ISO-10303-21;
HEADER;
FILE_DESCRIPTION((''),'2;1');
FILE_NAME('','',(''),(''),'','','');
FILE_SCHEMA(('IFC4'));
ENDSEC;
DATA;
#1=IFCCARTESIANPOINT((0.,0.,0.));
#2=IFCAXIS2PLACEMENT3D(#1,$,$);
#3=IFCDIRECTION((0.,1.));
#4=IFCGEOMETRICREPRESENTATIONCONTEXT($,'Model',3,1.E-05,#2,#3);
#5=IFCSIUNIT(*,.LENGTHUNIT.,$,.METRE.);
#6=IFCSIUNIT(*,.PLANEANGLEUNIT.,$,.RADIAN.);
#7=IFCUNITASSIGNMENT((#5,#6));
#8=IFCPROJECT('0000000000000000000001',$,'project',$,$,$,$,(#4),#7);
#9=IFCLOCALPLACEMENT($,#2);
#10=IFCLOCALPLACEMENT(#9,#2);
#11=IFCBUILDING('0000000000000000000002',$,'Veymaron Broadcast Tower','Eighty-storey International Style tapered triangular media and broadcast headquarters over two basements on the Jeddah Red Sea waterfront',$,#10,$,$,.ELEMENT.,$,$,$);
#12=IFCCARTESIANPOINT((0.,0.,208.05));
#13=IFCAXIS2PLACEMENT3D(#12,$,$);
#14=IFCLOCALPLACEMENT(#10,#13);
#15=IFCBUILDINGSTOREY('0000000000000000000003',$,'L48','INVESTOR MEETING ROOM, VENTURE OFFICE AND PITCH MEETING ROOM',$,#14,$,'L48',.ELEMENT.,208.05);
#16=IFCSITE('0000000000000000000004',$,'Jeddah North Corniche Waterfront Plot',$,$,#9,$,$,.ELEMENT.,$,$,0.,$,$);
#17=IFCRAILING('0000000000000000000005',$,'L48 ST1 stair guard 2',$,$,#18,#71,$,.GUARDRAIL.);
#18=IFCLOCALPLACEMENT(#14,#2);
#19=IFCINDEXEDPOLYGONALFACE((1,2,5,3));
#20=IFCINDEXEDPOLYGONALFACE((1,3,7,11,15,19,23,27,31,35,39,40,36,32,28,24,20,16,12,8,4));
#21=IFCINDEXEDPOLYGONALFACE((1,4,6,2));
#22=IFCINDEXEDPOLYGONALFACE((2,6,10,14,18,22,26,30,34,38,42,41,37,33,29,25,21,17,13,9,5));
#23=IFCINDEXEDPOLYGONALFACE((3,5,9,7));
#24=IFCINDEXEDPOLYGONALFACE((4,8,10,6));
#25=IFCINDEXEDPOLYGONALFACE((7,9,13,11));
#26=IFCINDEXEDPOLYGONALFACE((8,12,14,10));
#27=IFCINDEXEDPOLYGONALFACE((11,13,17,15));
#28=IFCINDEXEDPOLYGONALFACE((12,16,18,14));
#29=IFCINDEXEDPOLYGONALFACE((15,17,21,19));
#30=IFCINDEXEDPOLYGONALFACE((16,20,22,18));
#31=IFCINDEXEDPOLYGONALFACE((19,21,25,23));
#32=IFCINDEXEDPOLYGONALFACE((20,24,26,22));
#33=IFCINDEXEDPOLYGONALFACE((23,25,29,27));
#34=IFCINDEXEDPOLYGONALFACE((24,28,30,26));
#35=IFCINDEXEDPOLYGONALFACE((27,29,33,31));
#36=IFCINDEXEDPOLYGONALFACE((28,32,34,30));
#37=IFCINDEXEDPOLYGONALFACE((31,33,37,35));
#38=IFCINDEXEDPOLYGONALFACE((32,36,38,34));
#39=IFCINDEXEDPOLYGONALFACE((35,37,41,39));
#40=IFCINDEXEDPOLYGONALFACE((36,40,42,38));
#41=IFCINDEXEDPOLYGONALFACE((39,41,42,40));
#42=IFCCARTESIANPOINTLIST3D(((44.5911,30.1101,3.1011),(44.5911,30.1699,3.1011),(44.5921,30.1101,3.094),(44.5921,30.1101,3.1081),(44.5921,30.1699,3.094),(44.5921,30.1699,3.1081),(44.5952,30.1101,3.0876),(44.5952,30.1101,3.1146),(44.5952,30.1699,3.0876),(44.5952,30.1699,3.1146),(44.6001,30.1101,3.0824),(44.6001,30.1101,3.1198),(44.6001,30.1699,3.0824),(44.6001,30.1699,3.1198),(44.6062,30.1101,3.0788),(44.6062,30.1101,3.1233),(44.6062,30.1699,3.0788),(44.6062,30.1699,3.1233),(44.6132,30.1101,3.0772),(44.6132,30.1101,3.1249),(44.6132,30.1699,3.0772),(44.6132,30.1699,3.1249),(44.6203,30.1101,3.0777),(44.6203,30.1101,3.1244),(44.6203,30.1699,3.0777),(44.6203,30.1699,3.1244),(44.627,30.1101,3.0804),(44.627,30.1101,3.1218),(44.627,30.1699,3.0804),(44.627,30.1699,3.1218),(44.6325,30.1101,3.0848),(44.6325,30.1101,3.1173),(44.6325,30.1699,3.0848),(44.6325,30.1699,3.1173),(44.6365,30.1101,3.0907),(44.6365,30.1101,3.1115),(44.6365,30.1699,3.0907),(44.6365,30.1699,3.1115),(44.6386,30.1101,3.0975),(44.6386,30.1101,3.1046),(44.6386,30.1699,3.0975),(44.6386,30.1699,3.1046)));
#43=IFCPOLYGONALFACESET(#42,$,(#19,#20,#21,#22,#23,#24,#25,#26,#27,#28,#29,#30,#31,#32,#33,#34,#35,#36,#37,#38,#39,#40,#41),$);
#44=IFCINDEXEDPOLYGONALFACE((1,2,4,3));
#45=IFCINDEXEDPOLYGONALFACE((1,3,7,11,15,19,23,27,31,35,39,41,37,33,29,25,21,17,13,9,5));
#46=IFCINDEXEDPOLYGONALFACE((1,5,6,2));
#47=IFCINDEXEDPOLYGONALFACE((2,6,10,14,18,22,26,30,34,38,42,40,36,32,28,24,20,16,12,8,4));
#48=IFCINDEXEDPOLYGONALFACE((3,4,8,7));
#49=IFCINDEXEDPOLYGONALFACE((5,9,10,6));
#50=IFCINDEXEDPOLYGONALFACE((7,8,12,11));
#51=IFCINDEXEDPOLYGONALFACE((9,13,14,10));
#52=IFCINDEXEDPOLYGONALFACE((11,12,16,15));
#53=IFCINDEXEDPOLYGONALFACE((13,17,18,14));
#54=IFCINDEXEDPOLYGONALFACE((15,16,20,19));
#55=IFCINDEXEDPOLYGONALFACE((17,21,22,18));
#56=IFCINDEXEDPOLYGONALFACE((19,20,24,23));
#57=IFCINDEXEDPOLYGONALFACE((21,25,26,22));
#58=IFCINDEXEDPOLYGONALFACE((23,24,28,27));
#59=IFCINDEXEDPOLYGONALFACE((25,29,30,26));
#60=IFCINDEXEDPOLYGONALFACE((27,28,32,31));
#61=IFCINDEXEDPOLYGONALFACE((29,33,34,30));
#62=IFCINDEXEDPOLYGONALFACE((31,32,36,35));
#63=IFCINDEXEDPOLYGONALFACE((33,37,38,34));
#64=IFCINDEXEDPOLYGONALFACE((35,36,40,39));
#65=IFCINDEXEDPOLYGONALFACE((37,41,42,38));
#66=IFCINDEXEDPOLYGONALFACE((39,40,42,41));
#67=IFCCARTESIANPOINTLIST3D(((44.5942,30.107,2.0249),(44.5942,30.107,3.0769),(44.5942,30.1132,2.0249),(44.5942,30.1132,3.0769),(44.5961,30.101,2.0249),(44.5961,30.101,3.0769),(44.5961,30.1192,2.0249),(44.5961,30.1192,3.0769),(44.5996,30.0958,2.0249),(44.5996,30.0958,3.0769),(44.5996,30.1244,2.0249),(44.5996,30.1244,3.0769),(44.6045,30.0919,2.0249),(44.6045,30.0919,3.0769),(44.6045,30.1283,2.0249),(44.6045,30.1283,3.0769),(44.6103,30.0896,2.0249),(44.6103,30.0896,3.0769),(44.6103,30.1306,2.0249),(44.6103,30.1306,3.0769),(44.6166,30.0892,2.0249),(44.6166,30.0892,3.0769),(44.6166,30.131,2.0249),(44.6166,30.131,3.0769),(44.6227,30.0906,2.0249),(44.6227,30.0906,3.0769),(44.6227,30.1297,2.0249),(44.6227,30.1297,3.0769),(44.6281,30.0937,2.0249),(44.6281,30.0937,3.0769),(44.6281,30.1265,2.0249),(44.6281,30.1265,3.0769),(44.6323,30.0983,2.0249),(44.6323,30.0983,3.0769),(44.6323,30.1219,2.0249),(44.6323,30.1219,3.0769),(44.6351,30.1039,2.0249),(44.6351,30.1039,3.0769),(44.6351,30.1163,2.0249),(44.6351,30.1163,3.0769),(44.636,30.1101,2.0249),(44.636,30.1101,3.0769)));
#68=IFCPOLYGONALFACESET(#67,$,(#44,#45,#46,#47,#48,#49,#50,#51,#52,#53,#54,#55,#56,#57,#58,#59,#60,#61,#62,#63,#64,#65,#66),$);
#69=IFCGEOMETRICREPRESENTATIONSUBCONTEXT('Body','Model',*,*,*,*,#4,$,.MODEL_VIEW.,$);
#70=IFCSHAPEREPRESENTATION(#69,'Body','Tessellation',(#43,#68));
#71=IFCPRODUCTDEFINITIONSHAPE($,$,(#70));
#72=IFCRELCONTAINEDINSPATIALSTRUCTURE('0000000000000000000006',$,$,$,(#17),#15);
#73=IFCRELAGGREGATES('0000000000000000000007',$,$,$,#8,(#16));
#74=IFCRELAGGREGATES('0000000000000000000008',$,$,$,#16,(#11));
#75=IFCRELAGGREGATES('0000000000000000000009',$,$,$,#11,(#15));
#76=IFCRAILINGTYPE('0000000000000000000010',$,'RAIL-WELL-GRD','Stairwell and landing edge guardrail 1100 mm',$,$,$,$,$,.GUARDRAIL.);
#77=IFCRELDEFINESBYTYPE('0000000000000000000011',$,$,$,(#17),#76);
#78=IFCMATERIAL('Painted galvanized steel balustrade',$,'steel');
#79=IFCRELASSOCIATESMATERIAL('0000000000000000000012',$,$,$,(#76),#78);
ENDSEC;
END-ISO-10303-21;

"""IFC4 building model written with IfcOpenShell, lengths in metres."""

from ifc_helpers import new_model, si_unit, direction, frame, origin, origin_2d, place, context, subcontext, project, spatial, circle, extrude, material, type_object, element, save


model = new_model("IFC4")

# Units and contexts
model_context = context("Model", 3, precision=1e-05, world=origin(), true_north=direction((0.0, 1.0)))
body_context = subcontext(model_context, "Body", "Model", "MODEL_VIEW")
ifc_project = project(units=[si_unit("LENGTHUNIT", "METRE"), si_unit("PLANEANGLEUNIT", "RADIAN")], contexts=[model_context])

# Site, building, storey
site_placement = place(None, origin())
site = spatial("IfcSite", under=ifc_project, at=site_placement, Name="Jeddah North Corniche Waterfront Plot", CompositionType="ELEMENT", RefElevation=0.0)
building_placement = place(site_placement, origin())
building = spatial("IfcBuilding", under=site, at=building_placement, Name="Veymaron Broadcast Tower", Description="Eighty-storey International Style tapered triangular media and broadcast headquarters over two basements on the Jeddah Red Sea waterfront", CompositionType="ELEMENT")
storey_placement = place(building_placement, frame((0.0, 0.0, 208.05)))
storey = spatial("IfcBuildingStorey", under=building, at=storey_placement, Name="L48", Description="INVESTOR MEETING ROOM, VENTURE OFFICE AND PITCH MEETING ROOM", LongName="L48", CompositionType="ELEMENT", Elevation=208.05)

# Railing
ifc_material_1 = material(Name="Painted galvanized steel balustrade", Category="steel")
railing_type_1 = type_object("IfcRailingType", Name="RAIL-WELL-GRD", Description="Stairwell and landing edge guardrail 1100 mm", PredefinedType="GUARDRAIL", material=ifc_material_1)
railing_1_placement = place(storey_placement, frame((44.615, 30.1101, 2.0249)))
element("IfcRailing", 1, at=railing_1_placement, inside=storey, type_object=railing_type_1, Name="L48 ST1 stair guard 2", PredefinedType="GUARDRAIL", context=body_context, shape_type="SweptSolid", body=[
    extrude(circle(Radius=0.0239, at=origin_2d()), frame((0.0, 0.0, 1.0762), z_axis=(0.0, 1.0, 0.0), x_axis=(-1.0, 0.0, 0.0)), (0.0, 0.0, 1.0), 0.0598),
    extrude(circle(Radius=0.021, at=origin_2d()), origin(), (0.0, 0.0, 1.0), 1.052),
])

save(model, "model.ifc")
